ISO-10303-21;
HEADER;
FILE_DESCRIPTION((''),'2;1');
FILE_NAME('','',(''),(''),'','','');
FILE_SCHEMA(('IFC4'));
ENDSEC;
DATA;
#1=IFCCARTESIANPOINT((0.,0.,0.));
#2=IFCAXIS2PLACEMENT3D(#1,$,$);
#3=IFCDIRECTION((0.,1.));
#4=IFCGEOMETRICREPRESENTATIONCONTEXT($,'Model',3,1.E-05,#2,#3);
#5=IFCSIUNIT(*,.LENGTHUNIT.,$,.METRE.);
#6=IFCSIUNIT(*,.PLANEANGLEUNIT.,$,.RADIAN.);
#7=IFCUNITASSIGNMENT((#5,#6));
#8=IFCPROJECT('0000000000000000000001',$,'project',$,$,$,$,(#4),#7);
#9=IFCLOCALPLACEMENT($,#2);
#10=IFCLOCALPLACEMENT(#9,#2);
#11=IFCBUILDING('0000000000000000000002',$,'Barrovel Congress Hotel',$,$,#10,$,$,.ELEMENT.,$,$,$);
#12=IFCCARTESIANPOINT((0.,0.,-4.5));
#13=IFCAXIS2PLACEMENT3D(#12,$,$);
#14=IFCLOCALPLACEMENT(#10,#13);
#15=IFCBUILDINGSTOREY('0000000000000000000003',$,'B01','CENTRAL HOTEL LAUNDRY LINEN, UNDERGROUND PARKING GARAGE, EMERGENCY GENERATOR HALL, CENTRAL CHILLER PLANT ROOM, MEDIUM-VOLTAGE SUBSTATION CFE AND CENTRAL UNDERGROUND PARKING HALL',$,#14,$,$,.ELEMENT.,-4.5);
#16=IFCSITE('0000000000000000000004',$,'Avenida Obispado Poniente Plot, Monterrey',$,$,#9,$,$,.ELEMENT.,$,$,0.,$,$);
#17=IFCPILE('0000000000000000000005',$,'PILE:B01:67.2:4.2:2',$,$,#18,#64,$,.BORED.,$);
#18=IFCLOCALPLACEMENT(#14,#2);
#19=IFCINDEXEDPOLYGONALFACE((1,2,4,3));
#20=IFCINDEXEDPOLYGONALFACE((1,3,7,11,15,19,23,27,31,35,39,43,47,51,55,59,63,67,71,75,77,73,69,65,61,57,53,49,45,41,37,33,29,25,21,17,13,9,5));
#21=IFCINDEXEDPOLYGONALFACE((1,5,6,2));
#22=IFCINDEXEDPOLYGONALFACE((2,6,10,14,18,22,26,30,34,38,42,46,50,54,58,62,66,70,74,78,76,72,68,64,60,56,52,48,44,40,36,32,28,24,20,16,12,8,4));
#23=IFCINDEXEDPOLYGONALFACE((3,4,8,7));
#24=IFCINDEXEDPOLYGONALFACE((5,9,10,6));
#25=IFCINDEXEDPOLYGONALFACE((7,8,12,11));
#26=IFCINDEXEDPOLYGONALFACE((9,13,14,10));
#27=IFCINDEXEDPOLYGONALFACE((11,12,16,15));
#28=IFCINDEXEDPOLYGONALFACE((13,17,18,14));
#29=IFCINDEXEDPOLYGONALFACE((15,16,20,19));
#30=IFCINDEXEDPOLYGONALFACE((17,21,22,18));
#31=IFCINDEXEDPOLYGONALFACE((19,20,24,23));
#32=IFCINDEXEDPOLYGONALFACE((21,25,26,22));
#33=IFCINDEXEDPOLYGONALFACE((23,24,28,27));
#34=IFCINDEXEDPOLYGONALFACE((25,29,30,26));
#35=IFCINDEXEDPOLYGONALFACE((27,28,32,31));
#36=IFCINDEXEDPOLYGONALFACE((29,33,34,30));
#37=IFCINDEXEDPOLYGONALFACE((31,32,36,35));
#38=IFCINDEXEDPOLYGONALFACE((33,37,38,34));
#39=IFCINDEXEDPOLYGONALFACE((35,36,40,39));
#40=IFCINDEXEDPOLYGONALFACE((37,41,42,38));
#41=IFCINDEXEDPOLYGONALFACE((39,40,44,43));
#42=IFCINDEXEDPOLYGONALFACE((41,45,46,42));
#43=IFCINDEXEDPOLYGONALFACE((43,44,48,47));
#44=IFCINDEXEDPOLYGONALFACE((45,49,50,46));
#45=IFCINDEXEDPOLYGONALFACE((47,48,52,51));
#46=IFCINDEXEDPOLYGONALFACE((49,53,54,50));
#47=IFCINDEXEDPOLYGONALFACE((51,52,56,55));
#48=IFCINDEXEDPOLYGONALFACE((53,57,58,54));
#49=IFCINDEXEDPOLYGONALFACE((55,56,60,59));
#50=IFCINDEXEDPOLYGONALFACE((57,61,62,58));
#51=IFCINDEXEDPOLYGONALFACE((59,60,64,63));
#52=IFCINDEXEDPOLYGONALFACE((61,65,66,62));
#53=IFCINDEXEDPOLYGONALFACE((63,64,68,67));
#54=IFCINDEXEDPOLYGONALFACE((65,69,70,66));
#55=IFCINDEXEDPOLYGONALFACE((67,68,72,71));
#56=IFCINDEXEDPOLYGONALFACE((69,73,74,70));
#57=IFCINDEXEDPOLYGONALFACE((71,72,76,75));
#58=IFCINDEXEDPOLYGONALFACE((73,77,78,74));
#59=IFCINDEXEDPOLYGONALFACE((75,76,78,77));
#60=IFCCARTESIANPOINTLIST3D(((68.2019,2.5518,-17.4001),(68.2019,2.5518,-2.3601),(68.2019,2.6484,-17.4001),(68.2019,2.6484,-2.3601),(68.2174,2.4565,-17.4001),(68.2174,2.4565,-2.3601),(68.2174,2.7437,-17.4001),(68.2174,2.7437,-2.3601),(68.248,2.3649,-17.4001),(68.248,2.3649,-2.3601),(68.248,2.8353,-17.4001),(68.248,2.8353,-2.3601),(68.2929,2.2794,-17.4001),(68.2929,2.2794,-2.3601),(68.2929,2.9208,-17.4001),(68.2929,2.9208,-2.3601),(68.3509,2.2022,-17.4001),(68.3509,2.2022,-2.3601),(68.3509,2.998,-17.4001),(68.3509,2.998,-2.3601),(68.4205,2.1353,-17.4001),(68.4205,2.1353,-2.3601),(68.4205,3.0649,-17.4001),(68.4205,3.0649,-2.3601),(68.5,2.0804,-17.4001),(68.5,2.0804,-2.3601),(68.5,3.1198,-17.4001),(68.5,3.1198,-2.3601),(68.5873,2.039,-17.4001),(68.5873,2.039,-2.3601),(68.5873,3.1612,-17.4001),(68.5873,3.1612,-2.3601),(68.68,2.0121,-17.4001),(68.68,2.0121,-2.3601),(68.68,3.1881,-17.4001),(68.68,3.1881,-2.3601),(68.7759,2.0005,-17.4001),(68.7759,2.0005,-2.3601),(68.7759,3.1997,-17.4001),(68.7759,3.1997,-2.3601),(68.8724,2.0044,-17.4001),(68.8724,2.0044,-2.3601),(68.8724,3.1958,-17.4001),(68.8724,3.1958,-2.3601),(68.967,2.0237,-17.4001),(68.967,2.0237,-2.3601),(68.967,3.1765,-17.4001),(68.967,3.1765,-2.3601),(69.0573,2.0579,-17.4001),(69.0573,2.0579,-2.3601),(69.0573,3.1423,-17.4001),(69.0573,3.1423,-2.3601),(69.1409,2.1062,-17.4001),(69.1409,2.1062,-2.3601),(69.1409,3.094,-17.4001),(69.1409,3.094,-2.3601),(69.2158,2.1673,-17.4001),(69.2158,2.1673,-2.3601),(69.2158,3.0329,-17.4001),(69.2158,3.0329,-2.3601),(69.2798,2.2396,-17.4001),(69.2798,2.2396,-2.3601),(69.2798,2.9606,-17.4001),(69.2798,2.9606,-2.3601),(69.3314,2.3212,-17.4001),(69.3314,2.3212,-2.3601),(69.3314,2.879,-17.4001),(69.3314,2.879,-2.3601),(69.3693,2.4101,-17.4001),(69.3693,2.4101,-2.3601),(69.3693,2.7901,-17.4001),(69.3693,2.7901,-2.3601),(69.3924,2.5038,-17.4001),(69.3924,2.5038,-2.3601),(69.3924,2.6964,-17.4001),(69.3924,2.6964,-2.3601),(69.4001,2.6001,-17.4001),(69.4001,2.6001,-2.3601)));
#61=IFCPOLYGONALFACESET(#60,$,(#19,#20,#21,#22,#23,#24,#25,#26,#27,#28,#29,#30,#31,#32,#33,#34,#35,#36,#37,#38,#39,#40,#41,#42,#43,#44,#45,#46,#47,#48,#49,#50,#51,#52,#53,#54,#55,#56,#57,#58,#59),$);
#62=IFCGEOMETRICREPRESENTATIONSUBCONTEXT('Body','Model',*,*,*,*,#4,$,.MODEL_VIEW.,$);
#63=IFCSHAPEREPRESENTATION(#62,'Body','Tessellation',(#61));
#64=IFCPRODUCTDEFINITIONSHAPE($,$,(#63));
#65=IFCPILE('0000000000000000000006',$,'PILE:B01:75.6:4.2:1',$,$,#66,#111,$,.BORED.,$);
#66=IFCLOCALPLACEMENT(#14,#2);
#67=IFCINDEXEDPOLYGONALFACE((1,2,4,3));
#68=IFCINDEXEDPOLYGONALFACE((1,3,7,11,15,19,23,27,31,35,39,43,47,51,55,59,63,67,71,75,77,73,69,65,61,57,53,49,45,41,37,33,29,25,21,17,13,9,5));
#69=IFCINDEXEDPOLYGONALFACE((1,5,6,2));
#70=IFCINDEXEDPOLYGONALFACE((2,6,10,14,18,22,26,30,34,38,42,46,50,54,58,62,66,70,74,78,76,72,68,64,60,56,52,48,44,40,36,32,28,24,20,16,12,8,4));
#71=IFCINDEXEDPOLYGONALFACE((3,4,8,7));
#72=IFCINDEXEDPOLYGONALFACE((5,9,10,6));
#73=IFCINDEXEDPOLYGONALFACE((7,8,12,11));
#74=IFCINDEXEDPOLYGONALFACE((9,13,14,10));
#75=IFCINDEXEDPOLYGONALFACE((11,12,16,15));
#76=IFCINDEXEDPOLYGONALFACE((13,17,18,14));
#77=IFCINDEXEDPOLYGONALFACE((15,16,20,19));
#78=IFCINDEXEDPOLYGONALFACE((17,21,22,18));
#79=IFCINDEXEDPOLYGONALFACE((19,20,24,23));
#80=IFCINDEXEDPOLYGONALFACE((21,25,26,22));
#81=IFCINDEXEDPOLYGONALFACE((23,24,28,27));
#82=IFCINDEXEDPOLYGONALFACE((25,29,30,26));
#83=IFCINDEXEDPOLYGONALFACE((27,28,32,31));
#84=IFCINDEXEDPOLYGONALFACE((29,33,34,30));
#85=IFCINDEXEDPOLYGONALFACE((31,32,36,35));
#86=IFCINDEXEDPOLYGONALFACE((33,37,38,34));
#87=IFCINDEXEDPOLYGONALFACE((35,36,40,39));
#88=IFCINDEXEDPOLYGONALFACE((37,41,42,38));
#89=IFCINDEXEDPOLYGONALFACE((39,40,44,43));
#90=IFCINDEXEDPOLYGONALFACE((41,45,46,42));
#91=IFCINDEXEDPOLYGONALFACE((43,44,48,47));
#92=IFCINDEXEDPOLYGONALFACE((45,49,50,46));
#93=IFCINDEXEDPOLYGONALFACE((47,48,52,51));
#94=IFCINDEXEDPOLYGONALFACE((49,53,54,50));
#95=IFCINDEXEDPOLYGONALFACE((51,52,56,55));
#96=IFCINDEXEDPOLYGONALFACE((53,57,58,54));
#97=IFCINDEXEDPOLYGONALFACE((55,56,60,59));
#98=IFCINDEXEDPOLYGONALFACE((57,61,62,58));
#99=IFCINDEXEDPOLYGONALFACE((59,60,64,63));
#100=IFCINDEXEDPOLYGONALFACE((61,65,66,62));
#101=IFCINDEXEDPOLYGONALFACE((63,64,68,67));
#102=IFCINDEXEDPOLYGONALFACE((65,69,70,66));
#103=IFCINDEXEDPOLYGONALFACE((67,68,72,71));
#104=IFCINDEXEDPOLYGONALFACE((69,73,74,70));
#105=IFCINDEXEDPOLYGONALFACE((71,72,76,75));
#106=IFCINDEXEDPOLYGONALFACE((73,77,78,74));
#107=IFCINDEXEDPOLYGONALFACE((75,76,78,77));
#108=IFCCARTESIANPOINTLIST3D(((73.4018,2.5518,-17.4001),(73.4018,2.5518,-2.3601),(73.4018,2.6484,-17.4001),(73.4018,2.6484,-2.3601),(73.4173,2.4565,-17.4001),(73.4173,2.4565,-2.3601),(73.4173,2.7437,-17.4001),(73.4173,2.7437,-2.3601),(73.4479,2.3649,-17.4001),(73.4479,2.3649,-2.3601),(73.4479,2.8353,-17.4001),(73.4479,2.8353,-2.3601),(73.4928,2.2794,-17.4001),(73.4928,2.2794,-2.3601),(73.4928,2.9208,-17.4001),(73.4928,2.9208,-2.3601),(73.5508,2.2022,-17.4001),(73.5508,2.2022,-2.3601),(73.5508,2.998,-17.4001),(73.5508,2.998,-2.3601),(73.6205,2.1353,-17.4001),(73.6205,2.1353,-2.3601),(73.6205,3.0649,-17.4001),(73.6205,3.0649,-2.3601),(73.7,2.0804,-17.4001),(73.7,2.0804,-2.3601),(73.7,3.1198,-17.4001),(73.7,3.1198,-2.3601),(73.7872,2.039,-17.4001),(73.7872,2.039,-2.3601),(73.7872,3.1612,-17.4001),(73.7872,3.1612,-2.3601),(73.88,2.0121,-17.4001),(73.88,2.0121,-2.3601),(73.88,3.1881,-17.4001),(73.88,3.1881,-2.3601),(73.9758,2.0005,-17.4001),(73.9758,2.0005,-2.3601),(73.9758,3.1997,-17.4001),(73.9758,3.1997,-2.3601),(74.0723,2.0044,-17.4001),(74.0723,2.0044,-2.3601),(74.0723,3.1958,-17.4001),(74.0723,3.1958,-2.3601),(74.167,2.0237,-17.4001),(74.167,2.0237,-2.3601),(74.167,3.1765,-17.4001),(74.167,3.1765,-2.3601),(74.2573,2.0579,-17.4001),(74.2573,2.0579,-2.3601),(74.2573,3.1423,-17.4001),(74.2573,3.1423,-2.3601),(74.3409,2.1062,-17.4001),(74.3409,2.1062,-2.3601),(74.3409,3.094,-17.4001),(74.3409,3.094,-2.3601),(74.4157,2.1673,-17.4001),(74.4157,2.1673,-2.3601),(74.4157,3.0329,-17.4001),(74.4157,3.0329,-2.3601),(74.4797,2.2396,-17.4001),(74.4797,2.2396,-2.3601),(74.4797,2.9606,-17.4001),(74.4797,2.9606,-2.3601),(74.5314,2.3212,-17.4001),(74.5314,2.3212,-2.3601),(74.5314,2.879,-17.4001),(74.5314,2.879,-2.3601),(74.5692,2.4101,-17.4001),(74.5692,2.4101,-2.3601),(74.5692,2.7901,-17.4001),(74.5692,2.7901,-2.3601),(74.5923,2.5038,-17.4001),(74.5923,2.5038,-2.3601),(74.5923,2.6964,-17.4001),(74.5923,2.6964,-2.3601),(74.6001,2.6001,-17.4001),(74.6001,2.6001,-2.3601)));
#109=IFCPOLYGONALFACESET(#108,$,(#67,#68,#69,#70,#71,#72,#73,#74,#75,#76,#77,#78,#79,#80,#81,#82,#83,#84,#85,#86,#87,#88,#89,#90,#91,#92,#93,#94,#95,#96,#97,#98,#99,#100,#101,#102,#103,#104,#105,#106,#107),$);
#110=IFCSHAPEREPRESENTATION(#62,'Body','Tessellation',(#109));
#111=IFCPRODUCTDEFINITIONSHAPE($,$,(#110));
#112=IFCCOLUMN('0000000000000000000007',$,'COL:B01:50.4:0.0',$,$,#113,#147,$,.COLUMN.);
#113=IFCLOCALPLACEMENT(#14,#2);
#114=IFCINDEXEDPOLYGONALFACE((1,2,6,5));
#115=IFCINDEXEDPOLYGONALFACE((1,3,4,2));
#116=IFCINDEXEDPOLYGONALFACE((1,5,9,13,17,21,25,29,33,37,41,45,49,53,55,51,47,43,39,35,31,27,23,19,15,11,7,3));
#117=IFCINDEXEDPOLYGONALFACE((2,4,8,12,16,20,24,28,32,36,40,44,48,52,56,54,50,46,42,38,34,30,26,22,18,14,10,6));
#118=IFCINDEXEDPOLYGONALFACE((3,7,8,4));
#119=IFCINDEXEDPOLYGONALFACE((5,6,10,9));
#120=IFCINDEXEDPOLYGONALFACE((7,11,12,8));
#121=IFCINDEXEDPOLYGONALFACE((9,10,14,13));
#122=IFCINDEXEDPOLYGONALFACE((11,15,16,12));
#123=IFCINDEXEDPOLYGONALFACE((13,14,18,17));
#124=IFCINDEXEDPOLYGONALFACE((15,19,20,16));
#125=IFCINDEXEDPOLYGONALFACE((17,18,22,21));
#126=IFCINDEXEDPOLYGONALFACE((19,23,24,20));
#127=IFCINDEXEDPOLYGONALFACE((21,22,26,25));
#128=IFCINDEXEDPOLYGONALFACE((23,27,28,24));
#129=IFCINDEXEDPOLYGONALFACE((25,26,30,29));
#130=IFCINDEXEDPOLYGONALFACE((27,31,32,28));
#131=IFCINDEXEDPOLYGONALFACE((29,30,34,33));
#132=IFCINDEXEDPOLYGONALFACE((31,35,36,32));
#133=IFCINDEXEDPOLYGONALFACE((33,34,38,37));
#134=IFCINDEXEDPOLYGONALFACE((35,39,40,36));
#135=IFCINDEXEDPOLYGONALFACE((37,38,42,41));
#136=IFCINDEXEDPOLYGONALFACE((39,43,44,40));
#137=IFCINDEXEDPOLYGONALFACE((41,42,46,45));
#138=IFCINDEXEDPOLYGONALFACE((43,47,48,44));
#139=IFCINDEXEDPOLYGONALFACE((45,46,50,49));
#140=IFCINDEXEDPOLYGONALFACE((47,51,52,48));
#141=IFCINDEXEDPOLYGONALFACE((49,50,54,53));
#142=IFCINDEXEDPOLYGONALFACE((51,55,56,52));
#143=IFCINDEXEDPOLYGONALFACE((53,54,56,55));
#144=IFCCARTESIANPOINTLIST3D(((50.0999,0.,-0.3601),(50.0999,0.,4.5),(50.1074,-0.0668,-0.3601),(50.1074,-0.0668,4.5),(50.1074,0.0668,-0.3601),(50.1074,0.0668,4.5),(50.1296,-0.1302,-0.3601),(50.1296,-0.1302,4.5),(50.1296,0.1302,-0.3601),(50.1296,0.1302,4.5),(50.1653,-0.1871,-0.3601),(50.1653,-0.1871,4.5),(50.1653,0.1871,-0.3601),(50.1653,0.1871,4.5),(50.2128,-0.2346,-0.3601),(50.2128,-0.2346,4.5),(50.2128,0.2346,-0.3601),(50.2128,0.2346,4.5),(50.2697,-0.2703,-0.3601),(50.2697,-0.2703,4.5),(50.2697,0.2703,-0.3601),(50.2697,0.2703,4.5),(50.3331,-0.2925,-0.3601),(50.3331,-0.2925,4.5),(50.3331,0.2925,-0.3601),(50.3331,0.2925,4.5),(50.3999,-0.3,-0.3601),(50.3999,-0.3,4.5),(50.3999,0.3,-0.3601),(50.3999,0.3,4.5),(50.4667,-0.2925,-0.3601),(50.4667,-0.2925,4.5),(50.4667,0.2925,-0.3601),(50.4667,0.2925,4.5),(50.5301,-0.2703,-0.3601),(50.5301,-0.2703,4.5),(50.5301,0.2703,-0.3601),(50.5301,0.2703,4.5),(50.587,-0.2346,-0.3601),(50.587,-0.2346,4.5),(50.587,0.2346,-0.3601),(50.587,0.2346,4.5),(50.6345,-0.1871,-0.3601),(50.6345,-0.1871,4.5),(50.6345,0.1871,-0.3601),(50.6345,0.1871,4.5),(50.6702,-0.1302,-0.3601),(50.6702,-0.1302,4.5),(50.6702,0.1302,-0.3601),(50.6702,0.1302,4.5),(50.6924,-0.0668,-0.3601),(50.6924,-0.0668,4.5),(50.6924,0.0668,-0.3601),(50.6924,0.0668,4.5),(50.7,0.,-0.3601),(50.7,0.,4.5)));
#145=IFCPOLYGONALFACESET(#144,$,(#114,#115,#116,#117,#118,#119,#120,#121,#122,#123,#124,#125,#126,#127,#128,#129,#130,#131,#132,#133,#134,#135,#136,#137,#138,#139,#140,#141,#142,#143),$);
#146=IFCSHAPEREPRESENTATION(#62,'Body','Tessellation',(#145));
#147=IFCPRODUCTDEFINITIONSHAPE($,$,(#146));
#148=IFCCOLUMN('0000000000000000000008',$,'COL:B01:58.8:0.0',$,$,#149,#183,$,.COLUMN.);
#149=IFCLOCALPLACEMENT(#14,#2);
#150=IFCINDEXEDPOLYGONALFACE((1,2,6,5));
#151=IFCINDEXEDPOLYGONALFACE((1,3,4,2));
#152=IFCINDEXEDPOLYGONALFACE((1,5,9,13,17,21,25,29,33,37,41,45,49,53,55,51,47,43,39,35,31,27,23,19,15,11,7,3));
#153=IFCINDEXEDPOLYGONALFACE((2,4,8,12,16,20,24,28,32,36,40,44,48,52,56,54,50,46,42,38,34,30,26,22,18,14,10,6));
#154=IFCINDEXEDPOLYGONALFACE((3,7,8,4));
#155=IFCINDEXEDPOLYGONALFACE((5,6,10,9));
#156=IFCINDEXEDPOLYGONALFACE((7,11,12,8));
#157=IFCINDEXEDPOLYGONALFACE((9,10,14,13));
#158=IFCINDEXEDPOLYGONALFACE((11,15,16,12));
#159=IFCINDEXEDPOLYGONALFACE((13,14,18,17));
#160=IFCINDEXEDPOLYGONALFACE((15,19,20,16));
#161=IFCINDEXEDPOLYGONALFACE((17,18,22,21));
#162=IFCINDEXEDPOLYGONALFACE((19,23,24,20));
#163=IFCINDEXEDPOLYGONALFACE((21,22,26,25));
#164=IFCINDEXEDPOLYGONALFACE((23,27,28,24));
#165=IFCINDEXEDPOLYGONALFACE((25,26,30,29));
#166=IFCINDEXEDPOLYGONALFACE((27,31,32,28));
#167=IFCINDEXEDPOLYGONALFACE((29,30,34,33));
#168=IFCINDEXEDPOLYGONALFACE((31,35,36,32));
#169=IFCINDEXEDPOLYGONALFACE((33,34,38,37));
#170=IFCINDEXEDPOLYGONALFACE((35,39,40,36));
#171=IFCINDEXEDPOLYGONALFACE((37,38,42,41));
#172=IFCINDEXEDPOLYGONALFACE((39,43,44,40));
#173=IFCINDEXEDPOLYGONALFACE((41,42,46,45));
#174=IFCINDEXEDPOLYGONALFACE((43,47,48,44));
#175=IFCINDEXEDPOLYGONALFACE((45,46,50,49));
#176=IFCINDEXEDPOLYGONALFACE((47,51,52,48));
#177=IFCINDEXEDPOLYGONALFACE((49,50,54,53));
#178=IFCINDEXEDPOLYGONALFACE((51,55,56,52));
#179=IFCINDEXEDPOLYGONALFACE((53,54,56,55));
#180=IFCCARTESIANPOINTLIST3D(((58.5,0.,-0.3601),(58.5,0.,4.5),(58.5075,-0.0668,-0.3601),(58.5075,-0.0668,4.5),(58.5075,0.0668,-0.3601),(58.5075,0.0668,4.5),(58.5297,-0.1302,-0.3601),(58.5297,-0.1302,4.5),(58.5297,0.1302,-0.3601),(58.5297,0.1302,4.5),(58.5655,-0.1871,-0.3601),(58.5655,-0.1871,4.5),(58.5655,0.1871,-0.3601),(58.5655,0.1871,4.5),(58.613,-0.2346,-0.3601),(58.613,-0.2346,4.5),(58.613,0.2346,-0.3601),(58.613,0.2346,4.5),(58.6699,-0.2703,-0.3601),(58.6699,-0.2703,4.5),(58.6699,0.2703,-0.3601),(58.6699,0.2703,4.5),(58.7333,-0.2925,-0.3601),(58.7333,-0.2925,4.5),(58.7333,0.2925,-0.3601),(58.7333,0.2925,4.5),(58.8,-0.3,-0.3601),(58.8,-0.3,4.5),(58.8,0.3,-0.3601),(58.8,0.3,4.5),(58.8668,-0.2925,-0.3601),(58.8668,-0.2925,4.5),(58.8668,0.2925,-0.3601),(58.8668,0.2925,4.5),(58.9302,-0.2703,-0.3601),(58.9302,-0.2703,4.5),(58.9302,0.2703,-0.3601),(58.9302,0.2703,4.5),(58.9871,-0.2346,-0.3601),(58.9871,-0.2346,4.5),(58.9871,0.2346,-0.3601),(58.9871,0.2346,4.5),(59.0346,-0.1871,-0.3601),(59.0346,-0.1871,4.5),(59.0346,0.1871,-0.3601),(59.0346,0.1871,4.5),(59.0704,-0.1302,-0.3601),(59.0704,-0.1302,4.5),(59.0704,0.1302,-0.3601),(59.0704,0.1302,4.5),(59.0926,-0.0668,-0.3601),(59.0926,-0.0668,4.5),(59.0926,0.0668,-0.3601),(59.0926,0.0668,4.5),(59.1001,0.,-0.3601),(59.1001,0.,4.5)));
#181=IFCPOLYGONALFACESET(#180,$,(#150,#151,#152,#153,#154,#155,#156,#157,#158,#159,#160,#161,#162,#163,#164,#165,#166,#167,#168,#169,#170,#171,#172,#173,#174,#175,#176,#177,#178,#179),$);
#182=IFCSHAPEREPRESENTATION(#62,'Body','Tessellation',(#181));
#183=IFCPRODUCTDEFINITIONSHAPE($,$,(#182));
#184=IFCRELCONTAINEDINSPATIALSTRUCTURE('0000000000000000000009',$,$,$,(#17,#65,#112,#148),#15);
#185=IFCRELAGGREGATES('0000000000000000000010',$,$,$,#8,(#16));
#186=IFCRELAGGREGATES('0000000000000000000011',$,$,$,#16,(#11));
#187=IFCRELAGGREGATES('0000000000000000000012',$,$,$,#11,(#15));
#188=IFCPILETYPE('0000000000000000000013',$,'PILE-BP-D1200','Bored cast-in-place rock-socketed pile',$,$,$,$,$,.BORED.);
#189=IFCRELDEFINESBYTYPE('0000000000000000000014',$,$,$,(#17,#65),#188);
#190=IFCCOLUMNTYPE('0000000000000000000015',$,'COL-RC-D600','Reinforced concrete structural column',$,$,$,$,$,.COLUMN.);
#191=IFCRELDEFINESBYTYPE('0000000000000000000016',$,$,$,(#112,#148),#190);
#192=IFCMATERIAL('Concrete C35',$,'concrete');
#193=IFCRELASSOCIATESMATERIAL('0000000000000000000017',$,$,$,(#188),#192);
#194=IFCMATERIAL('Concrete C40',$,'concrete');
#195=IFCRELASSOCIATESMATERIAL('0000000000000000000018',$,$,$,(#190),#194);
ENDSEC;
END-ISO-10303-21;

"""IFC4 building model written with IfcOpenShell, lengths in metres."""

from ifc_helpers import new_model, si_unit, direction, frame, origin, origin_2d, place, context, subcontext, project, spatial, circle, extrude, material, material_profile, profile_set, type_object, element, save


model = new_model("IFC4")

# Units and contexts
model_context = context("Model", 3, precision=1e-05, world=origin(), true_north=direction((0.0, 1.0)))
body_context = subcontext(model_context, "Body", "Model", "MODEL_VIEW")
ifc_project = project(units=[si_unit("LENGTHUNIT", "METRE"), si_unit("PLANEANGLEUNIT", "RADIAN")], contexts=[model_context])

# Site, building, storey
site_placement = place(None, origin())
site = spatial("IfcSite", under=ifc_project, at=site_placement, Name="Avenida Obispado Poniente Plot, Monterrey", CompositionType="ELEMENT", RefElevation=0.0)
building_placement = place(site_placement, origin())
building = spatial("IfcBuilding", under=site, at=building_placement, Name="Barrovel Congress Hotel", CompositionType="ELEMENT")
storey_placement = place(building_placement, frame((0.0, 0.0, -4.5)))
storey = spatial("IfcBuildingStorey", under=building, at=storey_placement, Name="B01", Description="CENTRAL HOTEL LAUNDRY LINEN, UNDERGROUND PARKING GARAGE, EMERGENCY GENERATOR HALL, CENTRAL CHILLER PLANT ROOM, MEDIUM-VOLTAGE SUBSTATION CFE AND CENTRAL UNDERGROUND PARKING HALL", CompositionType="ELEMENT", Elevation=-4.5)

# Shared definitions
ifc_material_1 = material(Name="Concrete C40", Category="concrete")

# Piles
ifc_material_2 = material(Name="Concrete C35", Category="concrete")
ifc_material_profile_1 = material_profile(ifc_material_2, circle(Radius=0.6001, at=origin_2d()), Name="BP-D1200")
ifc_profile_set_1 = profile_set([ifc_material_profile_1], Name="Concrete C35")
pile_type = type_object("IfcPileType", Name="PILE-BP-D1200", Description="Bored cast-in-place rock-socketed pile", PredefinedType="BORED", material=ifc_profile_set_1)
for number, where, z_axis, x_axis, name in (
    (1, (68.8, 2.6001, -2.3601), (0.0, 0.0, -1.0), (1.0, 0.0, 0.0), "PILE:B01:67.2:4.2:2"),
    (2, (74.0, 2.6001, -2.3601), (0.0, 0.0, -1.0), (1.0, 0.0, 0.0), "PILE:B01:75.6:4.2:1"),
):
    element("IfcPile", number, at=place(storey_placement, frame(where, z_axis=z_axis, x_axis=x_axis)), inside=storey, type_object=pile_type, Name=name, PredefinedType="BORED", context=body_context, shape_type="SweptSolid", body=[
        extrude(circle(Radius=0.6001, at=origin_2d()), origin(), (0.0, 0.0, 1.0), 15.04),
    ])

# Columns
ifc_material_profile_2 = material_profile(ifc_material_1, circle(Radius=0.3, at=origin_2d()), Name="RC-D600")
ifc_profile_set_2 = profile_set([ifc_material_profile_2], Name="Concrete C40")
column_type_1 = type_object("IfcColumnType", Name="COL-RC-D600", Description="Reinforced concrete structural column", PredefinedType="COLUMN", material=ifc_profile_set_2)
for number, where, z_axis, x_axis, name in (
    (3, (50.3999, 0.0, -0.3601), (0.0, 0.0, 1.0), (1.0, 0.0, 0.0), "COL:B01:50.4:0.0"),
    (4, (58.8, 0.0, -0.3601), (0.0, 0.0, 1.0), (1.0, 0.0, 0.0), "COL:B01:58.8:0.0"),
):
    element("IfcColumn", number, at=place(storey_placement, frame(where, z_axis=z_axis, x_axis=x_axis)), inside=storey, type_object=column_type_1, Name=name, PredefinedType="COLUMN", context=body_context, shape_type="SweptSolid", body=[
        extrude(circle(Radius=0.3, at=origin_2d()), origin(), (0.0, 0.0, 1.0), 4.8601),
    ])

save(model, "model.ifc")
